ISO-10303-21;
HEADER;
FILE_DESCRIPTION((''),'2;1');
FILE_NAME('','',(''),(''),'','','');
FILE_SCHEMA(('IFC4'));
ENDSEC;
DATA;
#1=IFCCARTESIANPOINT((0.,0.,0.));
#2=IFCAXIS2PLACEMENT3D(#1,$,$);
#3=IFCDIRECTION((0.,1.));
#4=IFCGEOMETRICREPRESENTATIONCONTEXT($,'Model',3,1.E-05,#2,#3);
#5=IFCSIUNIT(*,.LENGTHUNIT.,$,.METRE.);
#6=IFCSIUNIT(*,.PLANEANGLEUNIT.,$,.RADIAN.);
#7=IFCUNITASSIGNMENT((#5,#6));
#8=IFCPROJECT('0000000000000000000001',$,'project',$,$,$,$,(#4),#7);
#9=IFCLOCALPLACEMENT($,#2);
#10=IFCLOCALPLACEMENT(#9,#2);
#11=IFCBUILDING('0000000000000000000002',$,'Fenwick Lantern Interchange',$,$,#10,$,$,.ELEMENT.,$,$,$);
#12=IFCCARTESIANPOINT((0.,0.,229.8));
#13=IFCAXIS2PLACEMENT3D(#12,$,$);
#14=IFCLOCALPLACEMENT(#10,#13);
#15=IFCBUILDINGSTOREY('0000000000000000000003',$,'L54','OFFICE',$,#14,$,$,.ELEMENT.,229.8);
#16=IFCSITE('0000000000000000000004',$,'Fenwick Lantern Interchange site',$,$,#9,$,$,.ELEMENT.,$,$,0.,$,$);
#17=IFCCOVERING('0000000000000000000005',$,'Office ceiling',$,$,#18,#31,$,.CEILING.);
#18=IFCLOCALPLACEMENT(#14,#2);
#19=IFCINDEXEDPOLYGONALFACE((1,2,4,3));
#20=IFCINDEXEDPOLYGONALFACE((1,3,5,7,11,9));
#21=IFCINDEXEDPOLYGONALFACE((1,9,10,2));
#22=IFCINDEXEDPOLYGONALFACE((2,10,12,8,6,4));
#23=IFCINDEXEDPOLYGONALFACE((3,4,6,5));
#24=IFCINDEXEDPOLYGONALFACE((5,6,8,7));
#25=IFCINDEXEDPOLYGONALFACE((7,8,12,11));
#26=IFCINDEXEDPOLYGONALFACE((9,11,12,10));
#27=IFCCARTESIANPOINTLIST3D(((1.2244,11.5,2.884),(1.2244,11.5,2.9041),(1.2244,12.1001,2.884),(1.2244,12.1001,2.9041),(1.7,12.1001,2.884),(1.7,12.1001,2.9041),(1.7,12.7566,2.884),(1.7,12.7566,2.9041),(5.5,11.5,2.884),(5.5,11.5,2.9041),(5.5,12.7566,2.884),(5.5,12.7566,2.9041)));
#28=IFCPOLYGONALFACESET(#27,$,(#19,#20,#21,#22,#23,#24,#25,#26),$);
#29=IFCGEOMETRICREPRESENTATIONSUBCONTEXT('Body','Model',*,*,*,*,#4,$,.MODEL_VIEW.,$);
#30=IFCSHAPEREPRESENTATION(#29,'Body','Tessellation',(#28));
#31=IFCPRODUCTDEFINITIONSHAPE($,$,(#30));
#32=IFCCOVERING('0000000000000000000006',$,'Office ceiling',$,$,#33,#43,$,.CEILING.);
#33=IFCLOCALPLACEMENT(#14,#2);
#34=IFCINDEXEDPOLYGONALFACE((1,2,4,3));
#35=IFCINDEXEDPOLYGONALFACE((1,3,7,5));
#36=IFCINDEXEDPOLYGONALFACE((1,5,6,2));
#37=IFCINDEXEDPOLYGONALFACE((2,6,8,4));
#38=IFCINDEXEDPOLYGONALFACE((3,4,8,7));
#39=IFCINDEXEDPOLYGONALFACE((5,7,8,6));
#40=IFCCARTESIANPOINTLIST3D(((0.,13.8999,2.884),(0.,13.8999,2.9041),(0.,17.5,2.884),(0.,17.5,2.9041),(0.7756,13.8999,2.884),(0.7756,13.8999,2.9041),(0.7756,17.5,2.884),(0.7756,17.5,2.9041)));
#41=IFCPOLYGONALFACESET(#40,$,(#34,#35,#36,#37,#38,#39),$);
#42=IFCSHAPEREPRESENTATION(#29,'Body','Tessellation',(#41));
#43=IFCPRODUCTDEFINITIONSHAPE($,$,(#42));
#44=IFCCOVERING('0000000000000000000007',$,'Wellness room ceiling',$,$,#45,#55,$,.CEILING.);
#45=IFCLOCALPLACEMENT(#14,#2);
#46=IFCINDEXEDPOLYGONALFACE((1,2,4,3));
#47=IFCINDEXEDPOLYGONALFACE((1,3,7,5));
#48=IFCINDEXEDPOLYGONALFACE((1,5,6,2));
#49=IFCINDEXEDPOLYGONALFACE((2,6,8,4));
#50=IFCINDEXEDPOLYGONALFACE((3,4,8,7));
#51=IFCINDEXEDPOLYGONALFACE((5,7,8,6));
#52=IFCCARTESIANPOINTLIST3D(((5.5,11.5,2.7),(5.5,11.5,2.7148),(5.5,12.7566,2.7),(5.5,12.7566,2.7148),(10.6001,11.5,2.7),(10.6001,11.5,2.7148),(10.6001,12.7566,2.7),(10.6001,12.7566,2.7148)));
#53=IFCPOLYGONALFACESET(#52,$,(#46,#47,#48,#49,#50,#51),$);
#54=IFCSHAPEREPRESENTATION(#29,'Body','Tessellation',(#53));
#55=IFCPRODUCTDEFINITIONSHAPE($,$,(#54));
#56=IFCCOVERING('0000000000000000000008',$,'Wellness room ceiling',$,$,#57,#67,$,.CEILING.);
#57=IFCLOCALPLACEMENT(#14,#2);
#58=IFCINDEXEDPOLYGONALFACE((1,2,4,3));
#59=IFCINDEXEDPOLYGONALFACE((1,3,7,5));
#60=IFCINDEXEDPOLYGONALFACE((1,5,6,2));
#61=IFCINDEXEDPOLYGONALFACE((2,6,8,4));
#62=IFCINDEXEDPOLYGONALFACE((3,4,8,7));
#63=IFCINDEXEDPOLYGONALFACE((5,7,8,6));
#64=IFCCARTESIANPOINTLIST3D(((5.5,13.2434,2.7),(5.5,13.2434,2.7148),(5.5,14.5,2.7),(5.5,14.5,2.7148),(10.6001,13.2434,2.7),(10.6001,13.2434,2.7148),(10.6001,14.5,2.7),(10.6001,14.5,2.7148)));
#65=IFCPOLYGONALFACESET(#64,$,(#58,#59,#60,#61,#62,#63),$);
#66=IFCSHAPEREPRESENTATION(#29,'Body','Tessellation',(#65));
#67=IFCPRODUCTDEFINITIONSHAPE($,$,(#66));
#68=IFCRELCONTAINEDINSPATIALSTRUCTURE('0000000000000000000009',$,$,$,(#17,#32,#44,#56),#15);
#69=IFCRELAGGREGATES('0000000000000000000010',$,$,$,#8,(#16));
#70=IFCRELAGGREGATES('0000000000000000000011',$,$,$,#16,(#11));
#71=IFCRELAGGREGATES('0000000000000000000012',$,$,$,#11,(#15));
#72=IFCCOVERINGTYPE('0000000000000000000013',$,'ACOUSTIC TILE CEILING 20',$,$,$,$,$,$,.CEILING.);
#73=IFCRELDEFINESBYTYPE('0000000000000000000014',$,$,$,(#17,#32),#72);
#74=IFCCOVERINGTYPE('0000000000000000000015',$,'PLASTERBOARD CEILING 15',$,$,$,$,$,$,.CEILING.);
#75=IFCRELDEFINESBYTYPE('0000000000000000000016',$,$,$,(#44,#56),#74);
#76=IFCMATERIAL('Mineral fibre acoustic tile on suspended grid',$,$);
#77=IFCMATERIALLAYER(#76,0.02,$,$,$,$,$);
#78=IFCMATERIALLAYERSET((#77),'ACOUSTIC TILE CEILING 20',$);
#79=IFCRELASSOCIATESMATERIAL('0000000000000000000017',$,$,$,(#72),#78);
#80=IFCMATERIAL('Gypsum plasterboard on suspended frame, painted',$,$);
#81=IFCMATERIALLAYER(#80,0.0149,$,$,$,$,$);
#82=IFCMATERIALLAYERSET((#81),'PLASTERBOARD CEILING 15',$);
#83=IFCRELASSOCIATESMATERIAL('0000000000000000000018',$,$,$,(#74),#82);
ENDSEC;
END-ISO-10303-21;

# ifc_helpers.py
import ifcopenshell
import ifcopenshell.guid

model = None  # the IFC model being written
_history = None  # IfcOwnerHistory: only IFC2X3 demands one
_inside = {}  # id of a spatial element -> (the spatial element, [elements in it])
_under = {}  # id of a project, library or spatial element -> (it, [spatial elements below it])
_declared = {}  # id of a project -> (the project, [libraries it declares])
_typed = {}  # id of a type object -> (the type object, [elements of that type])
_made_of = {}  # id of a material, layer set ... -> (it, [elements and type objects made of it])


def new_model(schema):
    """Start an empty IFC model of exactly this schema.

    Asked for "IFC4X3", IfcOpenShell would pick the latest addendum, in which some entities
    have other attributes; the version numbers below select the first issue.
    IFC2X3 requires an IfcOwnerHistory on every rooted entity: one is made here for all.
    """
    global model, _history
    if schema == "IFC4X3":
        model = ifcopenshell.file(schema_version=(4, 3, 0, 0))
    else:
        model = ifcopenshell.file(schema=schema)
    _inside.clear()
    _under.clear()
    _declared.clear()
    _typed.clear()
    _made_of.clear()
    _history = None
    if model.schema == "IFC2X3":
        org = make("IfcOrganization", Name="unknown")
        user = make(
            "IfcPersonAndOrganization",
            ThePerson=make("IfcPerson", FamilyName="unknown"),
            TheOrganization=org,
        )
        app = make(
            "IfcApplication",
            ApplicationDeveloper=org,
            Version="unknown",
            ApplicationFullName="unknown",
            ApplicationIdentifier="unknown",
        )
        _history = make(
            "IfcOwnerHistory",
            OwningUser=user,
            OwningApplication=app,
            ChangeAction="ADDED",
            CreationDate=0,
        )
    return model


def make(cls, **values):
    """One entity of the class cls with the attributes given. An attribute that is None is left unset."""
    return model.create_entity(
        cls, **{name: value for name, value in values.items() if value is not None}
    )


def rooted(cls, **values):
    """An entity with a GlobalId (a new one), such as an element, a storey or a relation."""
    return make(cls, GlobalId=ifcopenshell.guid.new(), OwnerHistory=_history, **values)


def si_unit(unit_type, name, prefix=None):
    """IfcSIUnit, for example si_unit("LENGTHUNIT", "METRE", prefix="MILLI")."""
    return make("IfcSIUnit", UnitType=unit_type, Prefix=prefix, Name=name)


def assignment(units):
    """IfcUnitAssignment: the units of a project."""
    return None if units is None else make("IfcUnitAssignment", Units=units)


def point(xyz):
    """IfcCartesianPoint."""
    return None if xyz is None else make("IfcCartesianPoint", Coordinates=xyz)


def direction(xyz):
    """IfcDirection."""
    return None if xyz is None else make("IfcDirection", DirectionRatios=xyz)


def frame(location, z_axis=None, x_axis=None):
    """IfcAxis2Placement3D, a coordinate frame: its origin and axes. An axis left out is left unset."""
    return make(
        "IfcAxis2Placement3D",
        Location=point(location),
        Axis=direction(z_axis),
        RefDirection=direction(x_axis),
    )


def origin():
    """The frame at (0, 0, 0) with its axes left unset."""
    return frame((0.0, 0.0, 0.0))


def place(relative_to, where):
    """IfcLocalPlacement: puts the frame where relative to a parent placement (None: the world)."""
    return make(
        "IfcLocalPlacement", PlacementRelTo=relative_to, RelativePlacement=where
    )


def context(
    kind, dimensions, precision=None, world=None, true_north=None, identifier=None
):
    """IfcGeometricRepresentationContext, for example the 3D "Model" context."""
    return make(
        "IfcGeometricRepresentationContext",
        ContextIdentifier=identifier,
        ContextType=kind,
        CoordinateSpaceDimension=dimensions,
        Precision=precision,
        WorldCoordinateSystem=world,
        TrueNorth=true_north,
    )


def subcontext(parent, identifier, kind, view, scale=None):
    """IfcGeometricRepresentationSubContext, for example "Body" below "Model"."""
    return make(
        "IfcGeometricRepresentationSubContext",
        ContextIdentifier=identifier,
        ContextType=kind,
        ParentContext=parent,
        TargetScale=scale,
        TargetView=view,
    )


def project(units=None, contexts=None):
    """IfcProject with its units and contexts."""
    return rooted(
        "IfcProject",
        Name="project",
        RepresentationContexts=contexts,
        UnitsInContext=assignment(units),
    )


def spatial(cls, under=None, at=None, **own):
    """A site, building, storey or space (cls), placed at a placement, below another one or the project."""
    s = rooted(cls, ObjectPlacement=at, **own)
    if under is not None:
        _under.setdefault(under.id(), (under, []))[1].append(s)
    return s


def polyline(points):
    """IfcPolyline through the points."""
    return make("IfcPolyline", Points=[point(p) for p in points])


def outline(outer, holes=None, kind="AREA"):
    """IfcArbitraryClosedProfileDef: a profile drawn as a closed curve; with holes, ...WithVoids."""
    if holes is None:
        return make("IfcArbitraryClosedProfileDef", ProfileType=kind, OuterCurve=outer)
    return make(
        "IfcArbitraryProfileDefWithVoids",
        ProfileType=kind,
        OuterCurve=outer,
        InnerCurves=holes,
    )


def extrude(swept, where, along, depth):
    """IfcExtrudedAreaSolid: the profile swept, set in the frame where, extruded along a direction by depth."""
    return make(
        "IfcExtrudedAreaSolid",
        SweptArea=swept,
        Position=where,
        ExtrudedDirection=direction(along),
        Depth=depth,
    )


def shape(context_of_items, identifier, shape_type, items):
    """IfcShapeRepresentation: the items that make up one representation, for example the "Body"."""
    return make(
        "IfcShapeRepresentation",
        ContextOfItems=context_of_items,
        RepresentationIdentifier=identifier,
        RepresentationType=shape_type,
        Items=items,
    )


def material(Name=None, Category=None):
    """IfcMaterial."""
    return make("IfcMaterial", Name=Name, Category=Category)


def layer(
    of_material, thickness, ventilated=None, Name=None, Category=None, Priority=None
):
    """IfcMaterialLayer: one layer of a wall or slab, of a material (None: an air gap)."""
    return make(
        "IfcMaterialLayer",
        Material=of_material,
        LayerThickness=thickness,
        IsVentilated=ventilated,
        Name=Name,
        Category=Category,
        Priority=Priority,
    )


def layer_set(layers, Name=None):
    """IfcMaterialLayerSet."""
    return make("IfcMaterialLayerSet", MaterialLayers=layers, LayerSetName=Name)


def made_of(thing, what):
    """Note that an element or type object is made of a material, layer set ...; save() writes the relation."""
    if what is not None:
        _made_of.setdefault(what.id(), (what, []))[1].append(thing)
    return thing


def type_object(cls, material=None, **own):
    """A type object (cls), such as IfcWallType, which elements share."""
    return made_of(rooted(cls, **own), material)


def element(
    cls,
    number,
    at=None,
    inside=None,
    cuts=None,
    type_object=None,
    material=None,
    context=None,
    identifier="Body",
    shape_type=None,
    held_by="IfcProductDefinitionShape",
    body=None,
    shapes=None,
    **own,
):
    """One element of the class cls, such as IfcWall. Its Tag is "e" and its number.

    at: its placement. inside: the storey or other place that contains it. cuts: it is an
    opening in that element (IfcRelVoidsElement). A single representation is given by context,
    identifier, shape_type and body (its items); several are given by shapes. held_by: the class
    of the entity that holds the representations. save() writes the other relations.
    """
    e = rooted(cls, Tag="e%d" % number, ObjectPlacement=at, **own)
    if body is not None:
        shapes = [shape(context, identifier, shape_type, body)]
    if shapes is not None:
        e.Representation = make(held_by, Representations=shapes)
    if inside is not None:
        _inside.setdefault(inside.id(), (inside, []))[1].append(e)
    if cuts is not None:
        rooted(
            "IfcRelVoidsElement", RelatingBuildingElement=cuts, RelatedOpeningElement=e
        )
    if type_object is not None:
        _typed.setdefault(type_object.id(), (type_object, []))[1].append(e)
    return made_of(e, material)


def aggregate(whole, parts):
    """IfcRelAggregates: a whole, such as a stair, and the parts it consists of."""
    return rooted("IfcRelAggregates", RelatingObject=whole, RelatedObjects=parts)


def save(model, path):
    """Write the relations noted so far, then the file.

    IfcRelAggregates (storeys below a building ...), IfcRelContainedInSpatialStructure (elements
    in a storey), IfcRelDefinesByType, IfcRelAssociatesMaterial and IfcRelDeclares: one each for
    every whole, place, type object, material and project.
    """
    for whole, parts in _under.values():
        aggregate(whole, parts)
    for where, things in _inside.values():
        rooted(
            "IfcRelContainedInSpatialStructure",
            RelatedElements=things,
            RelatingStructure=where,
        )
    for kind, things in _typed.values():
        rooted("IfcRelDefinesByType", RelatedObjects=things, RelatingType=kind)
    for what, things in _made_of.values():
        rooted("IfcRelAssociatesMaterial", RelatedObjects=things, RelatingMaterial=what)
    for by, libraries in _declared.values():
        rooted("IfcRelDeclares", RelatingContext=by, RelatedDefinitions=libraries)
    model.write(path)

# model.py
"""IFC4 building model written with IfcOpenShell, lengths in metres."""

from ifc_helpers import new_model, si_unit, direction, frame, origin, place, context, subcontext, project, spatial, polyline, outline, extrude, material, layer, layer_set, type_object, element, save


model = new_model("IFC4")

# Units and contexts
model_context = context("Model", 3, precision=1e-05, world=origin(), true_north=direction((0.0, 1.0)))
body_context = subcontext(model_context, "Body", "Model", "MODEL_VIEW")
ifc_project = project(units=[si_unit("LENGTHUNIT", "METRE"), si_unit("PLANEANGLEUNIT", "RADIAN")], contexts=[model_context])

# Site, building, storey
site_placement = place(None, origin())
site = spatial("IfcSite", under=ifc_project, at=site_placement, Name="Fenwick Lantern Interchange site", CompositionType="ELEMENT", RefElevation=0.0)
building_placement = place(site_placement, origin())
building = spatial("IfcBuilding", under=site, at=building_placement, Name="Fenwick Lantern Interchange", CompositionType="ELEMENT")
storey_placement = place(building_placement, frame((0.0, 0.0, 229.8)))
storey = spatial("IfcBuildingStorey", under=building, at=storey_placement, Name="L54", Description="OFFICE", CompositionType="ELEMENT", Elevation=229.8)

# Coverings
ifc_material_1 = material(Name="Mineral fibre acoustic tile on suspended grid")
ifc_layer_1 = layer(ifc_material_1, 0.02)
ifc_layer_set_1 = layer_set([ifc_layer_1], Name="ACOUSTIC TILE CEILING 20")
covering_type_1 = type_object("IfcCoveringType", Name="ACOUSTIC TILE CEILING 20", PredefinedType="CEILING", material=ifc_layer_set_1)
covering_1_placement = place(storey_placement, frame((0.0, 0.0, 2.884)))
element("IfcCovering", 1, at=covering_1_placement, inside=storey, type_object=covering_type_1, Name="Office ceiling", PredefinedType="CEILING", context=body_context, shape_type="SweptSolid", body=[
    extrude(outline(polyline([(5.5, 11.5), (5.5, 12.7566), (1.7, 12.7566), (1.7, 12.1001), (1.2244, 12.1001), (1.2244, 11.5), (5.5, 11.5)])), origin(), (0.0, 0.0, 1.0), 0.02),
])
covering_2_placement = place(storey_placement, frame((0.0, 0.0, 2.884)))
element("IfcCovering", 2, at=covering_2_placement, inside=storey, type_object=covering_type_1, Name="Office ceiling", PredefinedType="CEILING", context=body_context, shape_type="SweptSolid", body=[
    extrude(outline(polyline([(0.7756, 17.5), (0.0, 17.5), (0.0, 13.8999), (0.7756, 13.8999), (0.7756, 17.5)])), origin(), (0.0, 0.0, 1.0), 0.02),
])
ifc_material_2 = material(Name="Gypsum plasterboard on suspended frame, painted")
ifc_layer_2 = layer(ifc_material_2, 0.0149)
ifc_layer_set_2 = layer_set([ifc_layer_2], Name="PLASTERBOARD CEILING 15")
covering_type_2 = type_object("IfcCoveringType", Name="PLASTERBOARD CEILING 15", PredefinedType="CEILING", material=ifc_layer_set_2)
covering_3_placement = place(storey_placement, frame((0.0, 0.0, 2.7)))
element("IfcCovering", 3, at=covering_3_placement, inside=storey, type_object=covering_type_2, Name="Wellness room ceiling", PredefinedType="CEILING", context=body_context, shape_type="SweptSolid", body=[
    extrude(outline(polyline([(10.6001, 11.5), (10.6001, 12.7566), (5.5, 12.7566), (5.5, 11.5), (10.6001, 11.5)])), origin(), (0.0, 0.0, 1.0), 0.0149),
])
covering_4_placement = place(storey_placement, frame((0.0, 0.0, 2.7)))
element("IfcCovering", 4, at=covering_4_placement, inside=storey, type_object=covering_type_2, Name="Wellness room ceiling", PredefinedType="CEILING", context=body_context, shape_type="SweptSolid", body=[
    extrude(outline(polyline([(5.5, 14.5), (5.5, 13.2434), (10.6001, 13.2434), (10.6001, 14.5), (5.5, 14.5)])), origin(), (0.0, 0.0, 1.0), 0.0149),
])

save(model, "model.ifc")
